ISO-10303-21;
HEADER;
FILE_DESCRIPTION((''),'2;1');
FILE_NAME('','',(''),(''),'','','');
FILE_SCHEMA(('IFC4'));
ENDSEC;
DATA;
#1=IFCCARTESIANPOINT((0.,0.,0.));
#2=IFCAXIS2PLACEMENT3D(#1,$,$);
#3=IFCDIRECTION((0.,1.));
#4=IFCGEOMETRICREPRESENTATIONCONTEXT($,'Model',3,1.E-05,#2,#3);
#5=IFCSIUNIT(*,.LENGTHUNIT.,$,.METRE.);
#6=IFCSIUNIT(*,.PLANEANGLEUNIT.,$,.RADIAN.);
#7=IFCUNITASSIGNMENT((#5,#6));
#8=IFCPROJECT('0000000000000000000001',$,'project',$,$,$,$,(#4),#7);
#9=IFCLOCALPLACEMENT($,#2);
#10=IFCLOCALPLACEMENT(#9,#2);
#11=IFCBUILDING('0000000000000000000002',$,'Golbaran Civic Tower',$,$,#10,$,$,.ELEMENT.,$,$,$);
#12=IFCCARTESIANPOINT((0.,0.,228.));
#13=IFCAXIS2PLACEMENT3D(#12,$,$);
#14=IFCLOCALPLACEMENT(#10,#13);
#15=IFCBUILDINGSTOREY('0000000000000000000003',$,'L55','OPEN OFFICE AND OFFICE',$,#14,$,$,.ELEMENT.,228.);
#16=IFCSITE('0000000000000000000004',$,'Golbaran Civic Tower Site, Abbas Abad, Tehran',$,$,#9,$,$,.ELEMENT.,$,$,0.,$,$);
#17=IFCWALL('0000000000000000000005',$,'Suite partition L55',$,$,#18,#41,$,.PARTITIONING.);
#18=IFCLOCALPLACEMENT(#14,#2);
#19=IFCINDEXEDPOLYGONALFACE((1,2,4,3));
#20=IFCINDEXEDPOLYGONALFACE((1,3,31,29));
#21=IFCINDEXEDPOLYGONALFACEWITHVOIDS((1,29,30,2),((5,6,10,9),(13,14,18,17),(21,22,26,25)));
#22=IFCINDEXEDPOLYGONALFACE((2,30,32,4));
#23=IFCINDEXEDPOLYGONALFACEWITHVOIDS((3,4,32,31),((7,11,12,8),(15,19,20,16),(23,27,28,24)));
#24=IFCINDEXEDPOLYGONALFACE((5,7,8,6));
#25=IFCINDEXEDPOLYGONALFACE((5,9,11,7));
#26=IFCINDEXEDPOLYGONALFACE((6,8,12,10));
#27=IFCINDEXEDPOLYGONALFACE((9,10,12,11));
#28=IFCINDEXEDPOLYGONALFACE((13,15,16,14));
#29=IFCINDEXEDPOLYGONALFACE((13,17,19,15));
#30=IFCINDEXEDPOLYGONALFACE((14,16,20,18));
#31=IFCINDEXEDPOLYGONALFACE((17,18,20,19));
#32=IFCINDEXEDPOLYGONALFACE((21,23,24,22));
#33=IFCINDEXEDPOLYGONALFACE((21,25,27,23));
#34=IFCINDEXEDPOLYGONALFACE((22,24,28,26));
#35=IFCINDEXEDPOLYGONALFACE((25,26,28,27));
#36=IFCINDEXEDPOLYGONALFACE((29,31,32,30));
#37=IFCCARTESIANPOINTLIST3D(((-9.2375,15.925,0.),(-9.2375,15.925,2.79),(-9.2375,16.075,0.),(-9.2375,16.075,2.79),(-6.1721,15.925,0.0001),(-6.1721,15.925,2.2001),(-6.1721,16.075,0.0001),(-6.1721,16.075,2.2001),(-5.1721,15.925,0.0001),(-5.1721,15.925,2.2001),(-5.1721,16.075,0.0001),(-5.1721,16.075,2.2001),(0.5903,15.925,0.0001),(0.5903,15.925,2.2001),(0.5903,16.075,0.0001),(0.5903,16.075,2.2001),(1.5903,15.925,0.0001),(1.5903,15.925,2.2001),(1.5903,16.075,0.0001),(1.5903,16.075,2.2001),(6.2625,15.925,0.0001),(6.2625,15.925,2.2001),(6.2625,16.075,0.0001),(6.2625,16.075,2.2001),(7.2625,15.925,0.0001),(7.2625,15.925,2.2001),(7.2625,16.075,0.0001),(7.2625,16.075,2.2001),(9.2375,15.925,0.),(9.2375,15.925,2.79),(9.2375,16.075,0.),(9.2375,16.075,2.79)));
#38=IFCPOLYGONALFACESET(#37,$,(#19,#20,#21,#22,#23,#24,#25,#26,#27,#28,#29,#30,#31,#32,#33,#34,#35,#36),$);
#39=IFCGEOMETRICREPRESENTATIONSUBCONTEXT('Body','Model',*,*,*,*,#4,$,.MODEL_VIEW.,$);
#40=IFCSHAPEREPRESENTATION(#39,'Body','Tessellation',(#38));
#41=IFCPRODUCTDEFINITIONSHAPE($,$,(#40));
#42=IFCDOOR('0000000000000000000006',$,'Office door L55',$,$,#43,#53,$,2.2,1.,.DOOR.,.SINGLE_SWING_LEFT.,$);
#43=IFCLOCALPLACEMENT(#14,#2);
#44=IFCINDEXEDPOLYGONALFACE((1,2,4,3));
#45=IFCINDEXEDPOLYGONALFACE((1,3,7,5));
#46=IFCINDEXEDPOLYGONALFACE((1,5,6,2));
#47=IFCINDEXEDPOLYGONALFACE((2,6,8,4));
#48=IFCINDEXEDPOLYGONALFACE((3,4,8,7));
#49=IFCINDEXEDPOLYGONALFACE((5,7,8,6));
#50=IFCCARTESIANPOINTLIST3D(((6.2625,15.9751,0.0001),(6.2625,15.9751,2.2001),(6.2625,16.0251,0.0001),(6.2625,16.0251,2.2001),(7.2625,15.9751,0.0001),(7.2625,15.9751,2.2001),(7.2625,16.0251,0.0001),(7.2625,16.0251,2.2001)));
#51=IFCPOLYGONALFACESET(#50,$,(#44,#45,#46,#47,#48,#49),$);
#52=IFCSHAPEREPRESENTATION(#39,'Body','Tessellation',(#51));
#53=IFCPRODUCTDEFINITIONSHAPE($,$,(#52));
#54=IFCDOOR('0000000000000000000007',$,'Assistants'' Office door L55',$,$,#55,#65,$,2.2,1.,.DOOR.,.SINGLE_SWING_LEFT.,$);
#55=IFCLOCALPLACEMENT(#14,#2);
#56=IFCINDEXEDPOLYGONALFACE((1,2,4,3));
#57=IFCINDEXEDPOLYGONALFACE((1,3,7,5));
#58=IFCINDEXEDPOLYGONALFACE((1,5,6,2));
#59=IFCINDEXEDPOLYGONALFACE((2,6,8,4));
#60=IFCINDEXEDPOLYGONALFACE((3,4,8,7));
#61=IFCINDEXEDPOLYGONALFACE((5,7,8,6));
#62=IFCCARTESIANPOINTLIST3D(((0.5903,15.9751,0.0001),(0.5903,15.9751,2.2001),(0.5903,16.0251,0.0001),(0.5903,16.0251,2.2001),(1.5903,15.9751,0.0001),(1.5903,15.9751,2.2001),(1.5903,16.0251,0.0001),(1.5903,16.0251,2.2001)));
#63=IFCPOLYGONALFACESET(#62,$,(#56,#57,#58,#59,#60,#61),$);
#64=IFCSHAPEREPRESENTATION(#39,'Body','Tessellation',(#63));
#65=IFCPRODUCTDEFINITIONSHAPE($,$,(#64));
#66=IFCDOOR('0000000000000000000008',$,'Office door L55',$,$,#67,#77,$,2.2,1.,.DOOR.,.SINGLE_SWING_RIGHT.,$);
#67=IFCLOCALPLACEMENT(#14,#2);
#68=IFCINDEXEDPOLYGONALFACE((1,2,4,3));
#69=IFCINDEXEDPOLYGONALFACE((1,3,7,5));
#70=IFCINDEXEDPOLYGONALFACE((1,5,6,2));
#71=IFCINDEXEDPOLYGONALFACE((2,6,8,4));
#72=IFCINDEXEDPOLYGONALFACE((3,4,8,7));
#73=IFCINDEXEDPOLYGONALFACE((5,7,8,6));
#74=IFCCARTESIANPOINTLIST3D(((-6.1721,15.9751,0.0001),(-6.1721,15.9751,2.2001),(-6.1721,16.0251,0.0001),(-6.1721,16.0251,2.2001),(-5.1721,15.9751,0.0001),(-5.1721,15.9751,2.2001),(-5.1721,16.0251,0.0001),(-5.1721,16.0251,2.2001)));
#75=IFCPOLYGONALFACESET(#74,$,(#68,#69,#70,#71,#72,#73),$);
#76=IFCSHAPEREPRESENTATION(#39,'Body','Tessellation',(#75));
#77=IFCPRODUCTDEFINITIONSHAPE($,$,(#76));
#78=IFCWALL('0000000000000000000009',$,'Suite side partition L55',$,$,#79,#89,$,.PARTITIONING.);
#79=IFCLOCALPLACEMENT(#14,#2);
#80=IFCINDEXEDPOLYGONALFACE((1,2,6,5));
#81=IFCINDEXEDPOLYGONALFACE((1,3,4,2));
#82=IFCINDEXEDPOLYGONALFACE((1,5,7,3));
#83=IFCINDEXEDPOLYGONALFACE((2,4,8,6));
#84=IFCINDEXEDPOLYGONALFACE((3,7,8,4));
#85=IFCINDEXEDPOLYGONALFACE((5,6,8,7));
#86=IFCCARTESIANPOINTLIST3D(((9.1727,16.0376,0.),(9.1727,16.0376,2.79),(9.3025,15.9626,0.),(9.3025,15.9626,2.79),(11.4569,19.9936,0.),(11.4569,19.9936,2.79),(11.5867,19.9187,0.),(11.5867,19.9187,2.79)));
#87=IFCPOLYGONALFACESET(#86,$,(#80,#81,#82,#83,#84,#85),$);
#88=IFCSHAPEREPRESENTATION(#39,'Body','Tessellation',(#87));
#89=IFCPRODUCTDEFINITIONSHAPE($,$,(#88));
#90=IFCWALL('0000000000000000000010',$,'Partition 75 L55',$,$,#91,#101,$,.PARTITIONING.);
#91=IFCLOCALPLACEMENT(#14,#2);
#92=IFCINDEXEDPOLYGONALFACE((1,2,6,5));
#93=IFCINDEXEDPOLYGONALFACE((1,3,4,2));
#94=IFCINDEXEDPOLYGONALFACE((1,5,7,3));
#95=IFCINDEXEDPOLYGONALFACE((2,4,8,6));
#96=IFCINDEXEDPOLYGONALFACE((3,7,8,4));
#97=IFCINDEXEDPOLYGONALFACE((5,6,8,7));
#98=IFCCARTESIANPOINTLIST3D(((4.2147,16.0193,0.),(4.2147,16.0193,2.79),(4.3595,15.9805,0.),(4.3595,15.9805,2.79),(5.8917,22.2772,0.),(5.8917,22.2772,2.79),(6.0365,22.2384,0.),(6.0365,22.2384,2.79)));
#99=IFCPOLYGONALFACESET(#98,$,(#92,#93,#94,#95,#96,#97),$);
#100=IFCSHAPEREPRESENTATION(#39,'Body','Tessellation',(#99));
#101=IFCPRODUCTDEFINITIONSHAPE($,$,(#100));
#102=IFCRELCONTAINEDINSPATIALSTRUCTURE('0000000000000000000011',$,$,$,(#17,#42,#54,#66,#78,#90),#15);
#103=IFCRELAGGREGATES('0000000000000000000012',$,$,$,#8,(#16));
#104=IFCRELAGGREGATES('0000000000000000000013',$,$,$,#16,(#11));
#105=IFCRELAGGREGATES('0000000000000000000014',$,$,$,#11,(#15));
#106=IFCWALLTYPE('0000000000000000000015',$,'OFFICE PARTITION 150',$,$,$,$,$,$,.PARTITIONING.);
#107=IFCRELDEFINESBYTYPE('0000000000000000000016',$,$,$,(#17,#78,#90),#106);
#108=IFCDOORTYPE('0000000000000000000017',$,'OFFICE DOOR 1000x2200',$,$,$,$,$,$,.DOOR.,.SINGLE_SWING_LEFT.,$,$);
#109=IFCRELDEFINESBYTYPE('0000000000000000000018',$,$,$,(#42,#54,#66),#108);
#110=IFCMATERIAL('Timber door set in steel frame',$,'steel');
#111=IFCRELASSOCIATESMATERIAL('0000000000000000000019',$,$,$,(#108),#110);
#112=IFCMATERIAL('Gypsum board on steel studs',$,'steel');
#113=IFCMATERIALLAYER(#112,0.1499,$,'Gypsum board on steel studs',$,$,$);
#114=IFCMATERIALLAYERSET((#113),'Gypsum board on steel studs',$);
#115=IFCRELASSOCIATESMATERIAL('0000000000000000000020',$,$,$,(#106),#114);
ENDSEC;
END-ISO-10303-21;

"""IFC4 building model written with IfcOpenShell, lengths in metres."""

from ifc_helpers import new_model, si_unit, direction, frame, frame_2d, origin, place, context, subcontext, project, spatial, rectangle, extrude, material, layer, layer_set, type_object, element, fill, save


model = new_model("IFC4")

# Units and contexts
model_context = context("Model", 3, precision=1e-05, world=origin(), true_north=direction((0.0, 1.0)))
body_context = subcontext(model_context, "Body", "Model", "MODEL_VIEW")
ifc_project = project(units=[si_unit("LENGTHUNIT", "METRE"), si_unit("PLANEANGLEUNIT", "RADIAN")], contexts=[model_context])

# Site, building, storey
site_placement = place(None, origin())
site = spatial("IfcSite", under=ifc_project, at=site_placement, Name="Golbaran Civic Tower Site, Abbas Abad, Tehran", CompositionType="ELEMENT", RefElevation=0.0)
building_placement = place(site_placement, origin())
building = spatial("IfcBuilding", under=site, at=building_placement, Name="Golbaran Civic Tower", CompositionType="ELEMENT")
storey_placement = place(building_placement, frame((0.0, 0.0, 228.0)))
storey = spatial("IfcBuildingStorey", under=building, at=storey_placement, Name="L55", Description="OPEN OFFICE AND OFFICE", CompositionType="ELEMENT", Elevation=228.0)

# Shared definitions
ifc_material_1 = material(Name="Timber door set in steel frame", Category="steel")
door_type_1 = type_object("IfcDoorType", Name="OFFICE DOOR 1000x2200", OperationType="SINGLE_SWING_LEFT", PredefinedType="DOOR", material=ifc_material_1)

# Wall, openings, doors
ifc_material_2 = material(Name="Gypsum board on steel studs", Category="steel")
ifc_layer_1 = layer(ifc_material_2, 0.1499, Name="Gypsum board on steel studs")
ifc_layer_set_1 = layer_set([ifc_layer_1], Name="Gypsum board on steel studs")
wall_type_1 = type_object("IfcWallType", Name="OFFICE PARTITION 150", PredefinedType="PARTITIONING", material=ifc_layer_set_1)
wall_1_placement = place(storey_placement, frame((9.2375, 16.0, 0.0), z_axis=(0.0, 0.0, 1.0), x_axis=(-1.0, 0.0, 0.0)))
wall_1 = element("IfcWall", 1, at=wall_1_placement, inside=storey, type_object=wall_type_1, Name="Suite partition L55", PredefinedType="PARTITIONING", context=body_context, shape_type="SweptSolid", body=[
    extrude(rectangle(XDim=18.4751, YDim=0.1499, at=frame_2d((9.2375, 0.0))), origin(), (0.0, 0.0, 1.0), 2.79),
])
opening_1_placement = place(wall_1_placement, frame((1.9751, 0.0, 0.0)))
opening_1 = element("IfcOpeningElement", 2, at=opening_1_placement, cuts=wall_1, PredefinedType="OPENING", context=body_context, shape_type="SweptSolid", body=[
    extrude(rectangle(XDim=1.0, YDim=2.2, at=frame_2d((0.5, 1.1001))), frame((0.0, 0.085, 0.0), z_axis=(0.0, -1.0, 0.0), x_axis=(1.0, 0.0, 0.0)), (0.0, 0.0, 1.0), 0.1699),
])
opening_2_placement = place(wall_1_placement, frame((7.6472, 0.0, 0.0)))
opening_2 = element("IfcOpeningElement", 3, at=opening_2_placement, cuts=wall_1, PredefinedType="OPENING", context=body_context, shape_type="SweptSolid", body=[
    extrude(rectangle(XDim=1.0, YDim=2.2, at=frame_2d((0.5, 1.1001))), frame((0.0, 0.085, 0.0), z_axis=(0.0, -1.0, 0.0), x_axis=(1.0, 0.0, 0.0)), (0.0, 0.0, 1.0), 0.1699),
])
opening_3_placement = place(wall_1_placement, frame((14.4097, 0.0, 0.0)))
opening_3 = element("IfcOpeningElement", 4, at=opening_3_placement, cuts=wall_1, PredefinedType="OPENING", context=body_context, shape_type="SweptSolid", body=[
    extrude(rectangle(XDim=1.0, YDim=2.2, at=frame_2d((0.5, 1.1001))), frame((0.0, 0.085, 0.0), z_axis=(0.0, -1.0, 0.0), x_axis=(1.0, 0.0, 0.0)), (0.0, 0.0, 1.0), 0.1699),
])
door_1_placement = place(opening_1_placement, origin())
door_1 = element("IfcDoor", 5, at=door_1_placement, inside=storey, type_object=door_type_1, Name="Office door L55", OperationType="SINGLE_SWING_LEFT", OverallHeight=2.2, OverallWidth=1.0, PredefinedType="DOOR", context=body_context, shape_type="SweptSolid", body=[
    extrude(rectangle(XDim=1.0, YDim=2.2, at=frame_2d((0.5, 1.1001))), frame((0.0, 0.0249, 0.0), z_axis=(0.0, -1.0, 0.0), x_axis=(1.0, 0.0, 0.0)), (0.0, 0.0, 1.0), 0.05),
])
fill(opening_1, door_1)
door_2_placement = place(opening_2_placement, origin())
door_2 = element("IfcDoor", 6, at=door_2_placement, inside=storey, type_object=door_type_1, Name="Assistants' Office door L55", OperationType="SINGLE_SWING_LEFT", OverallHeight=2.2, OverallWidth=1.0, PredefinedType="DOOR", context=body_context, shape_type="SweptSolid", body=[
    extrude(rectangle(XDim=1.0, YDim=2.2, at=frame_2d((0.5, 1.1001))), frame((0.0, 0.0249, 0.0), z_axis=(0.0, -1.0, 0.0), x_axis=(1.0, 0.0, 0.0)), (0.0, 0.0, 1.0), 0.05),
])
fill(opening_2, door_2)
door_3_placement = place(opening_3_placement, origin())
door_3 = element("IfcDoor", 7, at=door_3_placement, inside=storey, type_object=door_type_1, Name="Office door L55", OperationType="SINGLE_SWING_RIGHT", OverallHeight=2.2, OverallWidth=1.0, PredefinedType="DOOR", context=body_context, shape_type="SweptSolid", body=[
    extrude(rectangle(XDim=1.0, YDim=2.2, at=frame_2d((0.5, 1.1001))), frame((0.0, 0.0249, 0.0), z_axis=(0.0, -1.0, 0.0), x_axis=(1.0, 0.0, 0.0)), (0.0, 0.0, 1.0), 0.05),
])
fill(opening_3, door_3)

# Walls
wall_2_placement = place(storey_placement, frame((9.2375, 16.0, 0.0), z_axis=(0.0, 0.0, 1.0), x_axis=(0.500025, 0.866011, 0.0)))
element("IfcWall", 8, at=wall_2_placement, inside=storey, type_object=wall_type_1, Name="Suite side partition L55", PredefinedType="PARTITIONING", context=body_context, shape_type="SweptSolid", body=[
    extrude(rectangle(XDim=4.5681, YDim=0.1499, at=frame_2d((2.2842, 0.0))), origin(), (0.0, 0.0, 1.0), 2.79),
])
wall_3_placement = place(storey_placement, frame((4.2871, 16.0, 0.0), z_axis=(0.0, 0.0, 1.0), x_axis=(0.258842, 0.96592, 0.0)))
element("IfcWall", 9, at=wall_3_placement, inside=storey, type_object=wall_type_1, Name="Partition 75 L55", PredefinedType="PARTITIONING", context=body_context, shape_type="SweptSolid", body=[
    extrude(rectangle(XDim=6.4788, YDim=0.1499, at=frame_2d((3.2393, 0.0))), origin(), (0.0, 0.0, 1.0), 2.79),
])

save(model, "model.ifc")
